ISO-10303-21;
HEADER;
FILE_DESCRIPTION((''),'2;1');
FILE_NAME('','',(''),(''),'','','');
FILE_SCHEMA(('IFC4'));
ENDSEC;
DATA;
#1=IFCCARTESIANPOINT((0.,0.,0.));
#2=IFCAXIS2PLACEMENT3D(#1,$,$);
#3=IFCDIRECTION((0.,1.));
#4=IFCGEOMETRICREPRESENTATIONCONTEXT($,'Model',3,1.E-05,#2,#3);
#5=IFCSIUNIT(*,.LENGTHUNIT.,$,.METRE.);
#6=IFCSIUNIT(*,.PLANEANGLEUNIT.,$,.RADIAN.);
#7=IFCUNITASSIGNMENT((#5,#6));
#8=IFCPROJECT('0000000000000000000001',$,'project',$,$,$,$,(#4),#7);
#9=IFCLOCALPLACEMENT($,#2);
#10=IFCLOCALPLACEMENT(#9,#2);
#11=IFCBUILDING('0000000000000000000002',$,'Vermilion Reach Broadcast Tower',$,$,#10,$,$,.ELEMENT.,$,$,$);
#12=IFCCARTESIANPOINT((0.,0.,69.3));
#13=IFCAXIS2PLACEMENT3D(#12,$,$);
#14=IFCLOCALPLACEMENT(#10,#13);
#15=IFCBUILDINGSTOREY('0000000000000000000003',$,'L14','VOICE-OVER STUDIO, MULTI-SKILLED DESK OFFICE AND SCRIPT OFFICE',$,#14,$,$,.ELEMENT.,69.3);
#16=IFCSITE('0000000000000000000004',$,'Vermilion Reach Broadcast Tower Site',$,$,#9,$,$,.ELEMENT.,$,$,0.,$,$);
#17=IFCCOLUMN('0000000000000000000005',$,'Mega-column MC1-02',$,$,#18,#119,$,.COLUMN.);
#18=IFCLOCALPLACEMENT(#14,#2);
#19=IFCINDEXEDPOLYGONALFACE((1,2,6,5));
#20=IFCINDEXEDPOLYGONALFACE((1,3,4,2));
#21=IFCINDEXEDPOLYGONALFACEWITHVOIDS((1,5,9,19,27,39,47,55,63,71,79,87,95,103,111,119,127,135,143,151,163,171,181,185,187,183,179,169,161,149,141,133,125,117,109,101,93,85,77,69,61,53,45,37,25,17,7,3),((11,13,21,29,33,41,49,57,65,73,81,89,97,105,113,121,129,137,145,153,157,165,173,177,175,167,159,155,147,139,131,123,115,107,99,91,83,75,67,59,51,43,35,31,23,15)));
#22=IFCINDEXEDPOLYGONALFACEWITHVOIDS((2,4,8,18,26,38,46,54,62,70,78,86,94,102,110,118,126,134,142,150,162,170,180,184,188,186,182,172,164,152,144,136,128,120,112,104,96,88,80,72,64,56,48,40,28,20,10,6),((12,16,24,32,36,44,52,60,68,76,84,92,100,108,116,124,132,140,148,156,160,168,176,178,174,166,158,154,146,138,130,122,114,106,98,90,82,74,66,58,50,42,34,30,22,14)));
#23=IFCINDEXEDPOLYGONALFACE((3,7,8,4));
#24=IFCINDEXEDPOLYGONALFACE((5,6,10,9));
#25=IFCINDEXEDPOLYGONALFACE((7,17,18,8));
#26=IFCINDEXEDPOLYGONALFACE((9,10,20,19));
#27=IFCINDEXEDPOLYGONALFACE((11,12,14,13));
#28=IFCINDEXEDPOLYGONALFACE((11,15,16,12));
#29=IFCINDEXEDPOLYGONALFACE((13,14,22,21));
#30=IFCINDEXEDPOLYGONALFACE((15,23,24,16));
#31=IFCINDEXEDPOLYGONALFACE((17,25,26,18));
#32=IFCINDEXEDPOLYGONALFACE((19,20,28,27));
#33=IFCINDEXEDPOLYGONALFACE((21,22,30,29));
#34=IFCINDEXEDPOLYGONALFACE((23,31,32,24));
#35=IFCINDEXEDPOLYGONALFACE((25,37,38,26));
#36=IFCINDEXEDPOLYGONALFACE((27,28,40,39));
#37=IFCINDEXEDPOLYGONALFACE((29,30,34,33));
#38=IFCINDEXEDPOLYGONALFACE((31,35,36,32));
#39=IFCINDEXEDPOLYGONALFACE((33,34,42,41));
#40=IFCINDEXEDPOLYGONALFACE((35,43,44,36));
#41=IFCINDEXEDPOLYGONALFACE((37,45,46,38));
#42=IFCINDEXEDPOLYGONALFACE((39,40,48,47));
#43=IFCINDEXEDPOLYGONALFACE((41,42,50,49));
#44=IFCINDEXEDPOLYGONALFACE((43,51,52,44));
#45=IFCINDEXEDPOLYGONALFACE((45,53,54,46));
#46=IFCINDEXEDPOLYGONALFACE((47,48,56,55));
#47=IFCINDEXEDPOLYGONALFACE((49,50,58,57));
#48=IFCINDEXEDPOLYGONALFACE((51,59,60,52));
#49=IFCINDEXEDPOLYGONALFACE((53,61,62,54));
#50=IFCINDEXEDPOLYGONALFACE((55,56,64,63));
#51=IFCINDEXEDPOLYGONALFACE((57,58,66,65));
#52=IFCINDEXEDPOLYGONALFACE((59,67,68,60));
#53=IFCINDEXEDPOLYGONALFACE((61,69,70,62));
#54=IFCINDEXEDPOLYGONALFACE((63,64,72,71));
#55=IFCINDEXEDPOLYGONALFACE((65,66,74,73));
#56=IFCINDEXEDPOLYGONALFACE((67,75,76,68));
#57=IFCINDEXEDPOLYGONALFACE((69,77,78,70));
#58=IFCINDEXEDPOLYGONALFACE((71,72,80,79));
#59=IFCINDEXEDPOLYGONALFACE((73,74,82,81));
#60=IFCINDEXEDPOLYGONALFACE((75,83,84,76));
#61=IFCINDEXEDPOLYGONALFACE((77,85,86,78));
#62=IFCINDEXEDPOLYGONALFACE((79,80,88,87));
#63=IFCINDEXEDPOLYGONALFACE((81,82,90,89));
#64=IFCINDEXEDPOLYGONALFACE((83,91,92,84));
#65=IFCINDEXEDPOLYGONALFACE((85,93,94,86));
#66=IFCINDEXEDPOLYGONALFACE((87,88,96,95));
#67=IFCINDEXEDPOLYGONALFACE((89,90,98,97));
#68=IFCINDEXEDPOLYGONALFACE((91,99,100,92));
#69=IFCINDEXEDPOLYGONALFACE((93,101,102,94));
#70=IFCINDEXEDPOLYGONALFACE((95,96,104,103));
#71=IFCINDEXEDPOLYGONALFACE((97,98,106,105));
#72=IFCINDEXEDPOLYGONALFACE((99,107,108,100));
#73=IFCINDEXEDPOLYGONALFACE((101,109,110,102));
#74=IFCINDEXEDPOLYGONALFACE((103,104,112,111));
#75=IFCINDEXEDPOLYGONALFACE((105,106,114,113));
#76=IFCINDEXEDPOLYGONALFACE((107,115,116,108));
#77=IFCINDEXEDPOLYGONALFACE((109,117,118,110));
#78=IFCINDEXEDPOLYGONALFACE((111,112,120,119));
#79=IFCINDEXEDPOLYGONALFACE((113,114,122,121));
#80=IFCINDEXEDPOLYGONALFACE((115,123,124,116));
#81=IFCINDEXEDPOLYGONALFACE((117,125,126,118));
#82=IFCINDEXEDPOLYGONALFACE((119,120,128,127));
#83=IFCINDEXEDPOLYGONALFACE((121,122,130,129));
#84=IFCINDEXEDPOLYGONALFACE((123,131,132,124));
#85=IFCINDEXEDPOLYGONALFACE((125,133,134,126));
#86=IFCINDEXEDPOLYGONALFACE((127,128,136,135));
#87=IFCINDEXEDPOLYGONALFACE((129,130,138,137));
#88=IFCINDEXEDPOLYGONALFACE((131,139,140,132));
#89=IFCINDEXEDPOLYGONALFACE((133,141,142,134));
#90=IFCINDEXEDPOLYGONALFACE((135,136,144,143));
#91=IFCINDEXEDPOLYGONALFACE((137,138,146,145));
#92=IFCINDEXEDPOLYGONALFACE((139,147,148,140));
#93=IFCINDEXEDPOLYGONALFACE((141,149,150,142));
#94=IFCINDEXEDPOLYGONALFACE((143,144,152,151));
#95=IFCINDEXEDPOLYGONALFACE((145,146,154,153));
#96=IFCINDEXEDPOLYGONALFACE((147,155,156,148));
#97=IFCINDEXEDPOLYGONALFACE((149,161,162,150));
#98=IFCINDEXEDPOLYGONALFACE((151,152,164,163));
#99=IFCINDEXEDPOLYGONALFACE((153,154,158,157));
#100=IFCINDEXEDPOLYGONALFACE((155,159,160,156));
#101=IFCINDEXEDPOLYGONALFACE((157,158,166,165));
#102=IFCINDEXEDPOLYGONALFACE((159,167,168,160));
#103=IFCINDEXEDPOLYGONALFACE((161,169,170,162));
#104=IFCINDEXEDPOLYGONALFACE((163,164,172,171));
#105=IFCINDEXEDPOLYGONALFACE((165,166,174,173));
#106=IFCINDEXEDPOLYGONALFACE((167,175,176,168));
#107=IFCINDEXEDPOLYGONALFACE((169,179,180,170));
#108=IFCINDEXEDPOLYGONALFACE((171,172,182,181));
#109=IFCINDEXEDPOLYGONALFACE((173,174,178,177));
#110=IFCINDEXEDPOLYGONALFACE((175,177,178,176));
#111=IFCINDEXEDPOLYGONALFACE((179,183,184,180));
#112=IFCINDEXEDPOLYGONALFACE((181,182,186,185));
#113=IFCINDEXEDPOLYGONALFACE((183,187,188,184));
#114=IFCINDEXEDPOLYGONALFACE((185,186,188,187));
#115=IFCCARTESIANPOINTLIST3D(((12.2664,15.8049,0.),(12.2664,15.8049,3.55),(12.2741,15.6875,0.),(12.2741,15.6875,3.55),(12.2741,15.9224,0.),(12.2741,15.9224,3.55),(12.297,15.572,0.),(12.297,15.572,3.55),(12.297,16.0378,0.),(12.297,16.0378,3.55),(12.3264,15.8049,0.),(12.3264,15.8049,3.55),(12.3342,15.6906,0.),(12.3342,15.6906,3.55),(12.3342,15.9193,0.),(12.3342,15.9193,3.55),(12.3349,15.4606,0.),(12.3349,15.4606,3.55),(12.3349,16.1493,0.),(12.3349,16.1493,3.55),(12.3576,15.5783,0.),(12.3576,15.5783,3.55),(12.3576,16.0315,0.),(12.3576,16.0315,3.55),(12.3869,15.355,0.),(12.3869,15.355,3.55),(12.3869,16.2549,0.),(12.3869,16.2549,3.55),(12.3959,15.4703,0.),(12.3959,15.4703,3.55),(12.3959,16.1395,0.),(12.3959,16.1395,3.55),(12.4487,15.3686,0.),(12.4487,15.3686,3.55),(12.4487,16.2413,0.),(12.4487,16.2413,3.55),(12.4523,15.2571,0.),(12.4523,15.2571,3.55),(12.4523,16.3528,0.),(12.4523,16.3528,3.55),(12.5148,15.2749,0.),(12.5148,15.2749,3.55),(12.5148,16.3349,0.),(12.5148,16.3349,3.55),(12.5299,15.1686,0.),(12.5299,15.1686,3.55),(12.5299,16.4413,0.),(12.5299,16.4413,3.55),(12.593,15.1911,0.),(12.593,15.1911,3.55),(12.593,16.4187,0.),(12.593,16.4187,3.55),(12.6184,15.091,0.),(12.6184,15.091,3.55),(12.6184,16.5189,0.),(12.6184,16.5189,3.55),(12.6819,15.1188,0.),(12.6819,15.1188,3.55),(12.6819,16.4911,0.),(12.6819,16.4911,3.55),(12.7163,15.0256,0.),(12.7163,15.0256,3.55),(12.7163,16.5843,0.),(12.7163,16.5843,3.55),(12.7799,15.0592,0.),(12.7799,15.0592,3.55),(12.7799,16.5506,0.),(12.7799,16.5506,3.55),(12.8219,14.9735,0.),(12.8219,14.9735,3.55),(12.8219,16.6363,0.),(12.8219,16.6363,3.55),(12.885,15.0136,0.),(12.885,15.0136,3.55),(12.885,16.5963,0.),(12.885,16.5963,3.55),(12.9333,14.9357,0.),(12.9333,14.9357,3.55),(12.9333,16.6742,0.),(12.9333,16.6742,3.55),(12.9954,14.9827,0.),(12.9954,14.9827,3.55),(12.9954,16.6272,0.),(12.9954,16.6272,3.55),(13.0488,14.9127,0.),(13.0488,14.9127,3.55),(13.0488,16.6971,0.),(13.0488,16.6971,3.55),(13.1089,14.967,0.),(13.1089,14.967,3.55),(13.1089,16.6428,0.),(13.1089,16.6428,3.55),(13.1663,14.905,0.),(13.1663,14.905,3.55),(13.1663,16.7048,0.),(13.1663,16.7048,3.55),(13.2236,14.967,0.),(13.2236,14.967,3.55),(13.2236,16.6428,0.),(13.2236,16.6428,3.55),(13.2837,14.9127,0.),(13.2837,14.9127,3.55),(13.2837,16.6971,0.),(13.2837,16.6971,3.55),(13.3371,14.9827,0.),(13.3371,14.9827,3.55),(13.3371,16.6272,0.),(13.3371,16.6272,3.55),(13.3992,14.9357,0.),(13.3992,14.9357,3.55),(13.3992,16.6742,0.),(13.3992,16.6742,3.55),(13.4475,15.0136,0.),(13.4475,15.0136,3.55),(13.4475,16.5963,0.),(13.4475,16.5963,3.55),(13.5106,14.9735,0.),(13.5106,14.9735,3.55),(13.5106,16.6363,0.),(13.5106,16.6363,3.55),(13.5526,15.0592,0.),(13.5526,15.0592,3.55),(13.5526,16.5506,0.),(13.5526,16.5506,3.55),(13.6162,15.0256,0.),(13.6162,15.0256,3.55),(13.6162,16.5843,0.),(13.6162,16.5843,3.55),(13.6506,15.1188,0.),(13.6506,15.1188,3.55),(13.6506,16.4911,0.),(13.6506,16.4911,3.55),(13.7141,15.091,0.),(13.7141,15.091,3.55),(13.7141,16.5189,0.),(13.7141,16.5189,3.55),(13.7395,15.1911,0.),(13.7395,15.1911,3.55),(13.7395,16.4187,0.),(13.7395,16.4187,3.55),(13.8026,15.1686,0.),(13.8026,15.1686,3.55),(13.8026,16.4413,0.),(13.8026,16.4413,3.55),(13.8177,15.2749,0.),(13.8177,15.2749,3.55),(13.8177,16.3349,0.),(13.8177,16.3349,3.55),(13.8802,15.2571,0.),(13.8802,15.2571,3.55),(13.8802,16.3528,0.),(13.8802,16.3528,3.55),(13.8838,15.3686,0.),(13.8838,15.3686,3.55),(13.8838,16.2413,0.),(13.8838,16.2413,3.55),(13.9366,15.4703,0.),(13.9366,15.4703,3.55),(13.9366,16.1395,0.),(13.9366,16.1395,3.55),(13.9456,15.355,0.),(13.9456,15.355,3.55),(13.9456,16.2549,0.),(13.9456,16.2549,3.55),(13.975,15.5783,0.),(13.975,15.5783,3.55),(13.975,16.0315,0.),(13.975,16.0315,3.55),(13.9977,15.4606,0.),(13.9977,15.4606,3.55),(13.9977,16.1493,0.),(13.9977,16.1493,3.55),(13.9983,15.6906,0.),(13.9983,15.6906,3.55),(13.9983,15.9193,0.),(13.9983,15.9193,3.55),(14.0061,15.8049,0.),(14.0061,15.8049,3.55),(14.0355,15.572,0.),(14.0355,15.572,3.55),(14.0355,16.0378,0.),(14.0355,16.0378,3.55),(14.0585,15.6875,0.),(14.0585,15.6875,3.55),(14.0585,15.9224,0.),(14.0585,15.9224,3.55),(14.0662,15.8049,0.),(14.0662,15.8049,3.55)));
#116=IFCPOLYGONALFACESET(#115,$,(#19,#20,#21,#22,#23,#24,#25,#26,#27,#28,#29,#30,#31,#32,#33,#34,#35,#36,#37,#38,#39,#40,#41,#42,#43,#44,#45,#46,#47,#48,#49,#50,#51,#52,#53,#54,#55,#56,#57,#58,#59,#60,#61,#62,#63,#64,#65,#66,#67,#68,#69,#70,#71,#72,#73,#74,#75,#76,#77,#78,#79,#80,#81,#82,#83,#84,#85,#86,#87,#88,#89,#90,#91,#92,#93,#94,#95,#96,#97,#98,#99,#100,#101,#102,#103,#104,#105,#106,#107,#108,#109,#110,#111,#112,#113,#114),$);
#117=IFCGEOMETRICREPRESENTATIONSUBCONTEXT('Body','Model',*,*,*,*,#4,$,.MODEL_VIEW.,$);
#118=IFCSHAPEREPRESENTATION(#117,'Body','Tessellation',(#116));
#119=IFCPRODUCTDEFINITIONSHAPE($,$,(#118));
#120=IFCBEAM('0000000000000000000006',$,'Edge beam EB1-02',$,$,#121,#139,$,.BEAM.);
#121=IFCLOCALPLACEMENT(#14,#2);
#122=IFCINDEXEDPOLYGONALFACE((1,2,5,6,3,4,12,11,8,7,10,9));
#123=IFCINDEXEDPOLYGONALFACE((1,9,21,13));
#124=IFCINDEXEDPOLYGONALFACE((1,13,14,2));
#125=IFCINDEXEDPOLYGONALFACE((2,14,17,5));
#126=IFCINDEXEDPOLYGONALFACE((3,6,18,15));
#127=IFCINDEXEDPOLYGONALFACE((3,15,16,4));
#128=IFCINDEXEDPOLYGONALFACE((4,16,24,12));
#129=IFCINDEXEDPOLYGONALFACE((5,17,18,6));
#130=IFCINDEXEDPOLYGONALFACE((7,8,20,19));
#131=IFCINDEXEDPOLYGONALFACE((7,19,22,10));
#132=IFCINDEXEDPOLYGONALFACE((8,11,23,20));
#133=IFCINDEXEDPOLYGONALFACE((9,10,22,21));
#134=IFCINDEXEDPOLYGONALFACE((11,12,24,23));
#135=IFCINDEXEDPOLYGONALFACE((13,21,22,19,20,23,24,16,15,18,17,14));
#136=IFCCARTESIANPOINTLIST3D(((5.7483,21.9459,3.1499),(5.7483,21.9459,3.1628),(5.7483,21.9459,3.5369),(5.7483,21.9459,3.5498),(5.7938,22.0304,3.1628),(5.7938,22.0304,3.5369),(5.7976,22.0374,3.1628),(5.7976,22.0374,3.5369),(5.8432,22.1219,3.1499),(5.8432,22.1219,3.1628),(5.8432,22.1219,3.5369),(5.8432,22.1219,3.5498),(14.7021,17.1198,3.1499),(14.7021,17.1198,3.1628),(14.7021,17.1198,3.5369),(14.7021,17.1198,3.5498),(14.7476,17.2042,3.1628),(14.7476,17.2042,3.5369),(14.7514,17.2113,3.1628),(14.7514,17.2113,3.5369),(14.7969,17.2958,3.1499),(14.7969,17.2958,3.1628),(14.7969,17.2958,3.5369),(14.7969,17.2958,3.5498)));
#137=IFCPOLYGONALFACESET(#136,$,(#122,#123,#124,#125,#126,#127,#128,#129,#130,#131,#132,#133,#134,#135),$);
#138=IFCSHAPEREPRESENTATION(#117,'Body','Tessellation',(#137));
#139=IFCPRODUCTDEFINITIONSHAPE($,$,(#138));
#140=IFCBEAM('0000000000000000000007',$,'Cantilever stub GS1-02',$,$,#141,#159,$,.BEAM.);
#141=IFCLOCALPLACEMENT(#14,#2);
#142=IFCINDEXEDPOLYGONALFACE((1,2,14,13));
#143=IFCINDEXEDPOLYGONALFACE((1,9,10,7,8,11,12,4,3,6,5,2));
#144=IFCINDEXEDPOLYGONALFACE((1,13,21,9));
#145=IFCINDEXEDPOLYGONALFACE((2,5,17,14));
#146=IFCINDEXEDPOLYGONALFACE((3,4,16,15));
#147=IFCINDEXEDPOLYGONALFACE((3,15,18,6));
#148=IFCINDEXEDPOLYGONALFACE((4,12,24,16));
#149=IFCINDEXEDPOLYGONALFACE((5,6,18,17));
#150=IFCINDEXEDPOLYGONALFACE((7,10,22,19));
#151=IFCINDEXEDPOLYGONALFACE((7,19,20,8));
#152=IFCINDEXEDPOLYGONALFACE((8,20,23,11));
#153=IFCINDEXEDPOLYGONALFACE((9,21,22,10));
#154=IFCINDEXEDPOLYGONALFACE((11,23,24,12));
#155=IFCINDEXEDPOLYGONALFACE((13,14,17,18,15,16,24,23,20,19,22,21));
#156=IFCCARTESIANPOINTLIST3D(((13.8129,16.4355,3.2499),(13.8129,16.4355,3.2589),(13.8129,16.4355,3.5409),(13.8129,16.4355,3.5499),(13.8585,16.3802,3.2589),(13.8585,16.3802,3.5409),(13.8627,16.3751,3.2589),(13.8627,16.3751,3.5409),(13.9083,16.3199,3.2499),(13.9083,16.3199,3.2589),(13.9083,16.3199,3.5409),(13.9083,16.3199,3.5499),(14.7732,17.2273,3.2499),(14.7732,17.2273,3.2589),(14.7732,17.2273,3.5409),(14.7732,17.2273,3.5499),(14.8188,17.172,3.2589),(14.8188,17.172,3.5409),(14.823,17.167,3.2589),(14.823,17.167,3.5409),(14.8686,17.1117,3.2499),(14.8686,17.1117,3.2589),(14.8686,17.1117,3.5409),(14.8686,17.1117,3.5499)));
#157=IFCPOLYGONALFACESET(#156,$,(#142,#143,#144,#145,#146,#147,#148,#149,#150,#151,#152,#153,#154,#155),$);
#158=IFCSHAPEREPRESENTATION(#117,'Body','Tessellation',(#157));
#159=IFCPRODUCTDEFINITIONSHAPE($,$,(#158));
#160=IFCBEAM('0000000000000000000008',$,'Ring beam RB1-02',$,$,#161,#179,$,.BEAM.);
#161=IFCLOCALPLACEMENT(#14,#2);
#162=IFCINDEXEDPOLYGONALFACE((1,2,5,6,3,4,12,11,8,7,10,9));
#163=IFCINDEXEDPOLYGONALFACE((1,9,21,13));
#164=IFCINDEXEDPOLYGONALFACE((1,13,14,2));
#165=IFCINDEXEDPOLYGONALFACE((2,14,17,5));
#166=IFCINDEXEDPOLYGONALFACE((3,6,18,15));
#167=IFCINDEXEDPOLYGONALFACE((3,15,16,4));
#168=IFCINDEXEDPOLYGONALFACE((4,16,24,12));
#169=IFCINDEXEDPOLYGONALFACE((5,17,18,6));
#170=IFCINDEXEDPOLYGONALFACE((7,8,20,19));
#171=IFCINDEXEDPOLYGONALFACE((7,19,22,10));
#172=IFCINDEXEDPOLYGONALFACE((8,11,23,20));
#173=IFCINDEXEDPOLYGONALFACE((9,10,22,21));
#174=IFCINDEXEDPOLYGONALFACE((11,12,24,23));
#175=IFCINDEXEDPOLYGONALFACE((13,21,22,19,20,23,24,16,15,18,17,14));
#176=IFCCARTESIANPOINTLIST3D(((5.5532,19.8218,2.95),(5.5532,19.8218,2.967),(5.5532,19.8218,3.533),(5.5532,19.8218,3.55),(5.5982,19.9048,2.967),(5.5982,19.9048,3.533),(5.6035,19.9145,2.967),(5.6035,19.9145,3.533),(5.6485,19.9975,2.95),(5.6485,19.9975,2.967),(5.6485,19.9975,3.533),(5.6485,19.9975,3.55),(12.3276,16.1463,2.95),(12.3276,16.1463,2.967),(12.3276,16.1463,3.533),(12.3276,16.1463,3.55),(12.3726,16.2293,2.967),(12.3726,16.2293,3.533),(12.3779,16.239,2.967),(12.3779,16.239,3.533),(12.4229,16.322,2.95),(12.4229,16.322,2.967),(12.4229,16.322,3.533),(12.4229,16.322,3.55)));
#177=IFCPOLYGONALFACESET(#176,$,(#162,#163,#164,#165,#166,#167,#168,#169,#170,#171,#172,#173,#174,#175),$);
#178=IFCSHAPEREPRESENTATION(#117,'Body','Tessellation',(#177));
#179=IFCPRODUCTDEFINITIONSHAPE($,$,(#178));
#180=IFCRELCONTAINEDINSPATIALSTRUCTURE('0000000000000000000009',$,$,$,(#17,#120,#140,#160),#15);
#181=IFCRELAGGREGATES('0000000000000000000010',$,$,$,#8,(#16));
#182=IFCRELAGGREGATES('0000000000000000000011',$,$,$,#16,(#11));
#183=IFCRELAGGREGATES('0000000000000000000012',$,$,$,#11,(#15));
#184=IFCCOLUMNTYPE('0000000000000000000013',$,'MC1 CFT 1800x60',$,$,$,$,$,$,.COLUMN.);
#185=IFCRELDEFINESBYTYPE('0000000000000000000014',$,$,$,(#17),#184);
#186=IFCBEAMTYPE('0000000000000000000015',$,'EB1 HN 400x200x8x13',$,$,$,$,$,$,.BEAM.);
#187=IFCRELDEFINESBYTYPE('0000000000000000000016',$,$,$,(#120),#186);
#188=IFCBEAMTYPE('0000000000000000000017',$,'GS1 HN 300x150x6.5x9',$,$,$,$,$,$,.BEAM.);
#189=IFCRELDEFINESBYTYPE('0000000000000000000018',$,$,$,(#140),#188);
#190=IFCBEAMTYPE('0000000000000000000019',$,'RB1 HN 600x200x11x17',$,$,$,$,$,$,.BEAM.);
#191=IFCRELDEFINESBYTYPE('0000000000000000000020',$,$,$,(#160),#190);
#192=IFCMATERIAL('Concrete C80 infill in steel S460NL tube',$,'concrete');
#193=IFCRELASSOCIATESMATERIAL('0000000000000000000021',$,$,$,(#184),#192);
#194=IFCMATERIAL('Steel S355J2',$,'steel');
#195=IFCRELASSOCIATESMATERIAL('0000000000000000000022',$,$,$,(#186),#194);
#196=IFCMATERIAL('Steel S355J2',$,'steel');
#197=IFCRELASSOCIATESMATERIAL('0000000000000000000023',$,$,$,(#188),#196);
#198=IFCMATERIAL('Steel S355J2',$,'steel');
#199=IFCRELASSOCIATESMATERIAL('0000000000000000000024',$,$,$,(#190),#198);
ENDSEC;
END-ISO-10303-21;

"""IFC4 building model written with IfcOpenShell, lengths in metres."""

from ifc_helpers import new_model, si_unit, direction, frame, origin, origin_2d, place, context, subcontext, project, spatial, hollow_circle, i_section, extrude, material, material_profile, profile_set, type_object, element, save


model = new_model("IFC4")

# Units and contexts
model_context = context("Model", 3, precision=1e-05, world=origin(), true_north=direction((0.0, 1.0)))
body_context = subcontext(model_context, "Body", "Model", "MODEL_VIEW")
ifc_project = project(units=[si_unit("LENGTHUNIT", "METRE"), si_unit("PLANEANGLEUNIT", "RADIAN")], contexts=[model_context])

# Site, building, storey
site_placement = place(None, origin())
site = spatial("IfcSite", under=ifc_project, at=site_placement, Name="Vermilion Reach Broadcast Tower Site", CompositionType="ELEMENT", RefElevation=0.0)
building_placement = place(site_placement, origin())
building = spatial("IfcBuilding", under=site, at=building_placement, Name="Vermilion Reach Broadcast Tower", CompositionType="ELEMENT")
storey_placement = place(building_placement, frame((0.0, 0.0, 69.3)))
storey = spatial("IfcBuildingStorey", under=building, at=storey_placement, Name="L14", Description="VOICE-OVER STUDIO, MULTI-SKILLED DESK OFFICE AND SCRIPT OFFICE", CompositionType="ELEMENT", Elevation=69.3)

# Column
ifc_material_1 = material(Name="Concrete C80 infill in steel S460NL tube", Category="concrete")
ifc_material_profile_1 = material_profile(ifc_material_1, hollow_circle(Radius=0.8999, WallThickness=0.0601, at=origin_2d()), Name="Concrete C80 infill in steel S460NL tube CFT 1800x60")
ifc_profile_set_1 = profile_set([ifc_material_profile_1], Name="Concrete C80 infill in steel S460NL tube")
column_type = type_object("IfcColumnType", Name="MC1 CFT 1800x60", PredefinedType="COLUMN", material=ifc_profile_set_1)
column_placement = place(storey_placement, frame((13.1663, 15.8049, 0.0), z_axis=(0.0, 0.0, 1.0), x_axis=(1.0, 0.0, 0.0)))
element("IfcColumn", 1, at=column_placement, inside=storey, type_object=column_type, Name="Mega-column MC1-02", PredefinedType="COLUMN", context=body_context, shape_type="SweptSolid", body=[
    extrude(hollow_circle(Radius=0.8999, WallThickness=0.0601, at=origin_2d()), origin(), (0.0, 0.0, 1.0), 3.55),
])

# Beams
ifc_material_2 = material(Name="Steel S355J2", Category="steel")
ifc_material_profile_2 = material_profile(ifc_material_2, i_section(OverallWidth=0.2, OverallDepth=0.3999, WebThickness=0.0081, FlangeThickness=0.0129, at=origin_2d()), Name="S355J2 HN 400x200x8x13")
ifc_profile_set_2 = profile_set([ifc_material_profile_2], Name="Steel S355J2")
beam_type_1 = type_object("IfcBeamType", Name="EB1 HN 400x200x8x13", PredefinedType="BEAM", material=ifc_profile_set_2)
beam_1_placement = place(storey_placement, frame((14.7495, 17.2078, 3.3499), z_axis=(-0.880271, 0.47447, 0.0), x_axis=(-0.47447, -0.880271, 0.0)))
element("IfcBeam", 2, at=beam_1_placement, inside=storey, type_object=beam_type_1, Name="Edge beam EB1-02", PredefinedType="BEAM", context=body_context, shape_type="SweptSolid", body=[
    extrude(i_section(OverallWidth=0.2, OverallDepth=0.3999, WebThickness=0.0081, FlangeThickness=0.0129, at=origin_2d()), origin(), (0.0, 0.0, 1.0), 10.1716),
])
ifc_material_3 = material(Name="Steel S355J2", Category="steel")
ifc_material_profile_3 = material_profile(ifc_material_3, i_section(OverallWidth=0.1499, OverallDepth=0.3, WebThickness=0.0066, FlangeThickness=0.009, at=origin_2d()), Name="S355J2 HN 300x150x6.5x9")
ifc_profile_set_3 = profile_set([ifc_material_profile_3], Name="Steel S355J2")
beam_type_2 = type_object("IfcBeamType", Name="GS1 HN 300x150x6.5x9", PredefinedType="BEAM", material=ifc_profile_set_3)
beam_2_placement = place(storey_placement, frame((13.8606, 16.3777, 3.3999), z_axis=(0.771539, 0.636182, 0.0), x_axis=(-0.636182, 0.771539, 0.0)))
element("IfcBeam", 3, at=beam_2_placement, inside=storey, type_object=beam_type_2, Name="Cantilever stub GS1-02", PredefinedType="BEAM", context=body_context, shape_type="SweptSolid", body=[
    extrude(i_section(OverallWidth=0.1499, OverallDepth=0.3, WebThickness=0.0066, FlangeThickness=0.009, at=origin_2d()), origin(), (0.0, 0.0, 1.0), 1.2446),
])
ifc_material_4 = material(Name="Steel S355J2", Category="steel")
ifc_material_profile_4 = material_profile(ifc_material_4, i_section(OverallWidth=0.2, OverallDepth=0.6001, WebThickness=0.011, FlangeThickness=0.0171, at=origin_2d()), Name="S355J2 HN 600x200x11x17")
ifc_profile_set_4 = profile_set([ifc_material_profile_4], Name="Steel S355J2")
beam_type_3 = type_object("IfcBeamType", Name="RB1 HN 600x200x11x17", PredefinedType="BEAM", material=ifc_profile_set_4)
beam_3_placement = place(storey_placement, frame((12.3752, 16.2341, 3.25), z_axis=(-0.878962, 0.476891, 0.0), x_axis=(-0.476891, -0.878962, 0.0)))
element("IfcBeam", 4, at=beam_3_placement, inside=storey, type_object=beam_type_3, Name="Ring beam RB1-02", PredefinedType="BEAM", context=body_context, shape_type="SweptSolid", body=[
    extrude(i_section(OverallWidth=0.2, OverallDepth=0.6001, WebThickness=0.011, FlangeThickness=0.0171, at=origin_2d()), origin(), (0.0, 0.0, 1.0), 7.7073),
])

save(model, "model.ifc")
